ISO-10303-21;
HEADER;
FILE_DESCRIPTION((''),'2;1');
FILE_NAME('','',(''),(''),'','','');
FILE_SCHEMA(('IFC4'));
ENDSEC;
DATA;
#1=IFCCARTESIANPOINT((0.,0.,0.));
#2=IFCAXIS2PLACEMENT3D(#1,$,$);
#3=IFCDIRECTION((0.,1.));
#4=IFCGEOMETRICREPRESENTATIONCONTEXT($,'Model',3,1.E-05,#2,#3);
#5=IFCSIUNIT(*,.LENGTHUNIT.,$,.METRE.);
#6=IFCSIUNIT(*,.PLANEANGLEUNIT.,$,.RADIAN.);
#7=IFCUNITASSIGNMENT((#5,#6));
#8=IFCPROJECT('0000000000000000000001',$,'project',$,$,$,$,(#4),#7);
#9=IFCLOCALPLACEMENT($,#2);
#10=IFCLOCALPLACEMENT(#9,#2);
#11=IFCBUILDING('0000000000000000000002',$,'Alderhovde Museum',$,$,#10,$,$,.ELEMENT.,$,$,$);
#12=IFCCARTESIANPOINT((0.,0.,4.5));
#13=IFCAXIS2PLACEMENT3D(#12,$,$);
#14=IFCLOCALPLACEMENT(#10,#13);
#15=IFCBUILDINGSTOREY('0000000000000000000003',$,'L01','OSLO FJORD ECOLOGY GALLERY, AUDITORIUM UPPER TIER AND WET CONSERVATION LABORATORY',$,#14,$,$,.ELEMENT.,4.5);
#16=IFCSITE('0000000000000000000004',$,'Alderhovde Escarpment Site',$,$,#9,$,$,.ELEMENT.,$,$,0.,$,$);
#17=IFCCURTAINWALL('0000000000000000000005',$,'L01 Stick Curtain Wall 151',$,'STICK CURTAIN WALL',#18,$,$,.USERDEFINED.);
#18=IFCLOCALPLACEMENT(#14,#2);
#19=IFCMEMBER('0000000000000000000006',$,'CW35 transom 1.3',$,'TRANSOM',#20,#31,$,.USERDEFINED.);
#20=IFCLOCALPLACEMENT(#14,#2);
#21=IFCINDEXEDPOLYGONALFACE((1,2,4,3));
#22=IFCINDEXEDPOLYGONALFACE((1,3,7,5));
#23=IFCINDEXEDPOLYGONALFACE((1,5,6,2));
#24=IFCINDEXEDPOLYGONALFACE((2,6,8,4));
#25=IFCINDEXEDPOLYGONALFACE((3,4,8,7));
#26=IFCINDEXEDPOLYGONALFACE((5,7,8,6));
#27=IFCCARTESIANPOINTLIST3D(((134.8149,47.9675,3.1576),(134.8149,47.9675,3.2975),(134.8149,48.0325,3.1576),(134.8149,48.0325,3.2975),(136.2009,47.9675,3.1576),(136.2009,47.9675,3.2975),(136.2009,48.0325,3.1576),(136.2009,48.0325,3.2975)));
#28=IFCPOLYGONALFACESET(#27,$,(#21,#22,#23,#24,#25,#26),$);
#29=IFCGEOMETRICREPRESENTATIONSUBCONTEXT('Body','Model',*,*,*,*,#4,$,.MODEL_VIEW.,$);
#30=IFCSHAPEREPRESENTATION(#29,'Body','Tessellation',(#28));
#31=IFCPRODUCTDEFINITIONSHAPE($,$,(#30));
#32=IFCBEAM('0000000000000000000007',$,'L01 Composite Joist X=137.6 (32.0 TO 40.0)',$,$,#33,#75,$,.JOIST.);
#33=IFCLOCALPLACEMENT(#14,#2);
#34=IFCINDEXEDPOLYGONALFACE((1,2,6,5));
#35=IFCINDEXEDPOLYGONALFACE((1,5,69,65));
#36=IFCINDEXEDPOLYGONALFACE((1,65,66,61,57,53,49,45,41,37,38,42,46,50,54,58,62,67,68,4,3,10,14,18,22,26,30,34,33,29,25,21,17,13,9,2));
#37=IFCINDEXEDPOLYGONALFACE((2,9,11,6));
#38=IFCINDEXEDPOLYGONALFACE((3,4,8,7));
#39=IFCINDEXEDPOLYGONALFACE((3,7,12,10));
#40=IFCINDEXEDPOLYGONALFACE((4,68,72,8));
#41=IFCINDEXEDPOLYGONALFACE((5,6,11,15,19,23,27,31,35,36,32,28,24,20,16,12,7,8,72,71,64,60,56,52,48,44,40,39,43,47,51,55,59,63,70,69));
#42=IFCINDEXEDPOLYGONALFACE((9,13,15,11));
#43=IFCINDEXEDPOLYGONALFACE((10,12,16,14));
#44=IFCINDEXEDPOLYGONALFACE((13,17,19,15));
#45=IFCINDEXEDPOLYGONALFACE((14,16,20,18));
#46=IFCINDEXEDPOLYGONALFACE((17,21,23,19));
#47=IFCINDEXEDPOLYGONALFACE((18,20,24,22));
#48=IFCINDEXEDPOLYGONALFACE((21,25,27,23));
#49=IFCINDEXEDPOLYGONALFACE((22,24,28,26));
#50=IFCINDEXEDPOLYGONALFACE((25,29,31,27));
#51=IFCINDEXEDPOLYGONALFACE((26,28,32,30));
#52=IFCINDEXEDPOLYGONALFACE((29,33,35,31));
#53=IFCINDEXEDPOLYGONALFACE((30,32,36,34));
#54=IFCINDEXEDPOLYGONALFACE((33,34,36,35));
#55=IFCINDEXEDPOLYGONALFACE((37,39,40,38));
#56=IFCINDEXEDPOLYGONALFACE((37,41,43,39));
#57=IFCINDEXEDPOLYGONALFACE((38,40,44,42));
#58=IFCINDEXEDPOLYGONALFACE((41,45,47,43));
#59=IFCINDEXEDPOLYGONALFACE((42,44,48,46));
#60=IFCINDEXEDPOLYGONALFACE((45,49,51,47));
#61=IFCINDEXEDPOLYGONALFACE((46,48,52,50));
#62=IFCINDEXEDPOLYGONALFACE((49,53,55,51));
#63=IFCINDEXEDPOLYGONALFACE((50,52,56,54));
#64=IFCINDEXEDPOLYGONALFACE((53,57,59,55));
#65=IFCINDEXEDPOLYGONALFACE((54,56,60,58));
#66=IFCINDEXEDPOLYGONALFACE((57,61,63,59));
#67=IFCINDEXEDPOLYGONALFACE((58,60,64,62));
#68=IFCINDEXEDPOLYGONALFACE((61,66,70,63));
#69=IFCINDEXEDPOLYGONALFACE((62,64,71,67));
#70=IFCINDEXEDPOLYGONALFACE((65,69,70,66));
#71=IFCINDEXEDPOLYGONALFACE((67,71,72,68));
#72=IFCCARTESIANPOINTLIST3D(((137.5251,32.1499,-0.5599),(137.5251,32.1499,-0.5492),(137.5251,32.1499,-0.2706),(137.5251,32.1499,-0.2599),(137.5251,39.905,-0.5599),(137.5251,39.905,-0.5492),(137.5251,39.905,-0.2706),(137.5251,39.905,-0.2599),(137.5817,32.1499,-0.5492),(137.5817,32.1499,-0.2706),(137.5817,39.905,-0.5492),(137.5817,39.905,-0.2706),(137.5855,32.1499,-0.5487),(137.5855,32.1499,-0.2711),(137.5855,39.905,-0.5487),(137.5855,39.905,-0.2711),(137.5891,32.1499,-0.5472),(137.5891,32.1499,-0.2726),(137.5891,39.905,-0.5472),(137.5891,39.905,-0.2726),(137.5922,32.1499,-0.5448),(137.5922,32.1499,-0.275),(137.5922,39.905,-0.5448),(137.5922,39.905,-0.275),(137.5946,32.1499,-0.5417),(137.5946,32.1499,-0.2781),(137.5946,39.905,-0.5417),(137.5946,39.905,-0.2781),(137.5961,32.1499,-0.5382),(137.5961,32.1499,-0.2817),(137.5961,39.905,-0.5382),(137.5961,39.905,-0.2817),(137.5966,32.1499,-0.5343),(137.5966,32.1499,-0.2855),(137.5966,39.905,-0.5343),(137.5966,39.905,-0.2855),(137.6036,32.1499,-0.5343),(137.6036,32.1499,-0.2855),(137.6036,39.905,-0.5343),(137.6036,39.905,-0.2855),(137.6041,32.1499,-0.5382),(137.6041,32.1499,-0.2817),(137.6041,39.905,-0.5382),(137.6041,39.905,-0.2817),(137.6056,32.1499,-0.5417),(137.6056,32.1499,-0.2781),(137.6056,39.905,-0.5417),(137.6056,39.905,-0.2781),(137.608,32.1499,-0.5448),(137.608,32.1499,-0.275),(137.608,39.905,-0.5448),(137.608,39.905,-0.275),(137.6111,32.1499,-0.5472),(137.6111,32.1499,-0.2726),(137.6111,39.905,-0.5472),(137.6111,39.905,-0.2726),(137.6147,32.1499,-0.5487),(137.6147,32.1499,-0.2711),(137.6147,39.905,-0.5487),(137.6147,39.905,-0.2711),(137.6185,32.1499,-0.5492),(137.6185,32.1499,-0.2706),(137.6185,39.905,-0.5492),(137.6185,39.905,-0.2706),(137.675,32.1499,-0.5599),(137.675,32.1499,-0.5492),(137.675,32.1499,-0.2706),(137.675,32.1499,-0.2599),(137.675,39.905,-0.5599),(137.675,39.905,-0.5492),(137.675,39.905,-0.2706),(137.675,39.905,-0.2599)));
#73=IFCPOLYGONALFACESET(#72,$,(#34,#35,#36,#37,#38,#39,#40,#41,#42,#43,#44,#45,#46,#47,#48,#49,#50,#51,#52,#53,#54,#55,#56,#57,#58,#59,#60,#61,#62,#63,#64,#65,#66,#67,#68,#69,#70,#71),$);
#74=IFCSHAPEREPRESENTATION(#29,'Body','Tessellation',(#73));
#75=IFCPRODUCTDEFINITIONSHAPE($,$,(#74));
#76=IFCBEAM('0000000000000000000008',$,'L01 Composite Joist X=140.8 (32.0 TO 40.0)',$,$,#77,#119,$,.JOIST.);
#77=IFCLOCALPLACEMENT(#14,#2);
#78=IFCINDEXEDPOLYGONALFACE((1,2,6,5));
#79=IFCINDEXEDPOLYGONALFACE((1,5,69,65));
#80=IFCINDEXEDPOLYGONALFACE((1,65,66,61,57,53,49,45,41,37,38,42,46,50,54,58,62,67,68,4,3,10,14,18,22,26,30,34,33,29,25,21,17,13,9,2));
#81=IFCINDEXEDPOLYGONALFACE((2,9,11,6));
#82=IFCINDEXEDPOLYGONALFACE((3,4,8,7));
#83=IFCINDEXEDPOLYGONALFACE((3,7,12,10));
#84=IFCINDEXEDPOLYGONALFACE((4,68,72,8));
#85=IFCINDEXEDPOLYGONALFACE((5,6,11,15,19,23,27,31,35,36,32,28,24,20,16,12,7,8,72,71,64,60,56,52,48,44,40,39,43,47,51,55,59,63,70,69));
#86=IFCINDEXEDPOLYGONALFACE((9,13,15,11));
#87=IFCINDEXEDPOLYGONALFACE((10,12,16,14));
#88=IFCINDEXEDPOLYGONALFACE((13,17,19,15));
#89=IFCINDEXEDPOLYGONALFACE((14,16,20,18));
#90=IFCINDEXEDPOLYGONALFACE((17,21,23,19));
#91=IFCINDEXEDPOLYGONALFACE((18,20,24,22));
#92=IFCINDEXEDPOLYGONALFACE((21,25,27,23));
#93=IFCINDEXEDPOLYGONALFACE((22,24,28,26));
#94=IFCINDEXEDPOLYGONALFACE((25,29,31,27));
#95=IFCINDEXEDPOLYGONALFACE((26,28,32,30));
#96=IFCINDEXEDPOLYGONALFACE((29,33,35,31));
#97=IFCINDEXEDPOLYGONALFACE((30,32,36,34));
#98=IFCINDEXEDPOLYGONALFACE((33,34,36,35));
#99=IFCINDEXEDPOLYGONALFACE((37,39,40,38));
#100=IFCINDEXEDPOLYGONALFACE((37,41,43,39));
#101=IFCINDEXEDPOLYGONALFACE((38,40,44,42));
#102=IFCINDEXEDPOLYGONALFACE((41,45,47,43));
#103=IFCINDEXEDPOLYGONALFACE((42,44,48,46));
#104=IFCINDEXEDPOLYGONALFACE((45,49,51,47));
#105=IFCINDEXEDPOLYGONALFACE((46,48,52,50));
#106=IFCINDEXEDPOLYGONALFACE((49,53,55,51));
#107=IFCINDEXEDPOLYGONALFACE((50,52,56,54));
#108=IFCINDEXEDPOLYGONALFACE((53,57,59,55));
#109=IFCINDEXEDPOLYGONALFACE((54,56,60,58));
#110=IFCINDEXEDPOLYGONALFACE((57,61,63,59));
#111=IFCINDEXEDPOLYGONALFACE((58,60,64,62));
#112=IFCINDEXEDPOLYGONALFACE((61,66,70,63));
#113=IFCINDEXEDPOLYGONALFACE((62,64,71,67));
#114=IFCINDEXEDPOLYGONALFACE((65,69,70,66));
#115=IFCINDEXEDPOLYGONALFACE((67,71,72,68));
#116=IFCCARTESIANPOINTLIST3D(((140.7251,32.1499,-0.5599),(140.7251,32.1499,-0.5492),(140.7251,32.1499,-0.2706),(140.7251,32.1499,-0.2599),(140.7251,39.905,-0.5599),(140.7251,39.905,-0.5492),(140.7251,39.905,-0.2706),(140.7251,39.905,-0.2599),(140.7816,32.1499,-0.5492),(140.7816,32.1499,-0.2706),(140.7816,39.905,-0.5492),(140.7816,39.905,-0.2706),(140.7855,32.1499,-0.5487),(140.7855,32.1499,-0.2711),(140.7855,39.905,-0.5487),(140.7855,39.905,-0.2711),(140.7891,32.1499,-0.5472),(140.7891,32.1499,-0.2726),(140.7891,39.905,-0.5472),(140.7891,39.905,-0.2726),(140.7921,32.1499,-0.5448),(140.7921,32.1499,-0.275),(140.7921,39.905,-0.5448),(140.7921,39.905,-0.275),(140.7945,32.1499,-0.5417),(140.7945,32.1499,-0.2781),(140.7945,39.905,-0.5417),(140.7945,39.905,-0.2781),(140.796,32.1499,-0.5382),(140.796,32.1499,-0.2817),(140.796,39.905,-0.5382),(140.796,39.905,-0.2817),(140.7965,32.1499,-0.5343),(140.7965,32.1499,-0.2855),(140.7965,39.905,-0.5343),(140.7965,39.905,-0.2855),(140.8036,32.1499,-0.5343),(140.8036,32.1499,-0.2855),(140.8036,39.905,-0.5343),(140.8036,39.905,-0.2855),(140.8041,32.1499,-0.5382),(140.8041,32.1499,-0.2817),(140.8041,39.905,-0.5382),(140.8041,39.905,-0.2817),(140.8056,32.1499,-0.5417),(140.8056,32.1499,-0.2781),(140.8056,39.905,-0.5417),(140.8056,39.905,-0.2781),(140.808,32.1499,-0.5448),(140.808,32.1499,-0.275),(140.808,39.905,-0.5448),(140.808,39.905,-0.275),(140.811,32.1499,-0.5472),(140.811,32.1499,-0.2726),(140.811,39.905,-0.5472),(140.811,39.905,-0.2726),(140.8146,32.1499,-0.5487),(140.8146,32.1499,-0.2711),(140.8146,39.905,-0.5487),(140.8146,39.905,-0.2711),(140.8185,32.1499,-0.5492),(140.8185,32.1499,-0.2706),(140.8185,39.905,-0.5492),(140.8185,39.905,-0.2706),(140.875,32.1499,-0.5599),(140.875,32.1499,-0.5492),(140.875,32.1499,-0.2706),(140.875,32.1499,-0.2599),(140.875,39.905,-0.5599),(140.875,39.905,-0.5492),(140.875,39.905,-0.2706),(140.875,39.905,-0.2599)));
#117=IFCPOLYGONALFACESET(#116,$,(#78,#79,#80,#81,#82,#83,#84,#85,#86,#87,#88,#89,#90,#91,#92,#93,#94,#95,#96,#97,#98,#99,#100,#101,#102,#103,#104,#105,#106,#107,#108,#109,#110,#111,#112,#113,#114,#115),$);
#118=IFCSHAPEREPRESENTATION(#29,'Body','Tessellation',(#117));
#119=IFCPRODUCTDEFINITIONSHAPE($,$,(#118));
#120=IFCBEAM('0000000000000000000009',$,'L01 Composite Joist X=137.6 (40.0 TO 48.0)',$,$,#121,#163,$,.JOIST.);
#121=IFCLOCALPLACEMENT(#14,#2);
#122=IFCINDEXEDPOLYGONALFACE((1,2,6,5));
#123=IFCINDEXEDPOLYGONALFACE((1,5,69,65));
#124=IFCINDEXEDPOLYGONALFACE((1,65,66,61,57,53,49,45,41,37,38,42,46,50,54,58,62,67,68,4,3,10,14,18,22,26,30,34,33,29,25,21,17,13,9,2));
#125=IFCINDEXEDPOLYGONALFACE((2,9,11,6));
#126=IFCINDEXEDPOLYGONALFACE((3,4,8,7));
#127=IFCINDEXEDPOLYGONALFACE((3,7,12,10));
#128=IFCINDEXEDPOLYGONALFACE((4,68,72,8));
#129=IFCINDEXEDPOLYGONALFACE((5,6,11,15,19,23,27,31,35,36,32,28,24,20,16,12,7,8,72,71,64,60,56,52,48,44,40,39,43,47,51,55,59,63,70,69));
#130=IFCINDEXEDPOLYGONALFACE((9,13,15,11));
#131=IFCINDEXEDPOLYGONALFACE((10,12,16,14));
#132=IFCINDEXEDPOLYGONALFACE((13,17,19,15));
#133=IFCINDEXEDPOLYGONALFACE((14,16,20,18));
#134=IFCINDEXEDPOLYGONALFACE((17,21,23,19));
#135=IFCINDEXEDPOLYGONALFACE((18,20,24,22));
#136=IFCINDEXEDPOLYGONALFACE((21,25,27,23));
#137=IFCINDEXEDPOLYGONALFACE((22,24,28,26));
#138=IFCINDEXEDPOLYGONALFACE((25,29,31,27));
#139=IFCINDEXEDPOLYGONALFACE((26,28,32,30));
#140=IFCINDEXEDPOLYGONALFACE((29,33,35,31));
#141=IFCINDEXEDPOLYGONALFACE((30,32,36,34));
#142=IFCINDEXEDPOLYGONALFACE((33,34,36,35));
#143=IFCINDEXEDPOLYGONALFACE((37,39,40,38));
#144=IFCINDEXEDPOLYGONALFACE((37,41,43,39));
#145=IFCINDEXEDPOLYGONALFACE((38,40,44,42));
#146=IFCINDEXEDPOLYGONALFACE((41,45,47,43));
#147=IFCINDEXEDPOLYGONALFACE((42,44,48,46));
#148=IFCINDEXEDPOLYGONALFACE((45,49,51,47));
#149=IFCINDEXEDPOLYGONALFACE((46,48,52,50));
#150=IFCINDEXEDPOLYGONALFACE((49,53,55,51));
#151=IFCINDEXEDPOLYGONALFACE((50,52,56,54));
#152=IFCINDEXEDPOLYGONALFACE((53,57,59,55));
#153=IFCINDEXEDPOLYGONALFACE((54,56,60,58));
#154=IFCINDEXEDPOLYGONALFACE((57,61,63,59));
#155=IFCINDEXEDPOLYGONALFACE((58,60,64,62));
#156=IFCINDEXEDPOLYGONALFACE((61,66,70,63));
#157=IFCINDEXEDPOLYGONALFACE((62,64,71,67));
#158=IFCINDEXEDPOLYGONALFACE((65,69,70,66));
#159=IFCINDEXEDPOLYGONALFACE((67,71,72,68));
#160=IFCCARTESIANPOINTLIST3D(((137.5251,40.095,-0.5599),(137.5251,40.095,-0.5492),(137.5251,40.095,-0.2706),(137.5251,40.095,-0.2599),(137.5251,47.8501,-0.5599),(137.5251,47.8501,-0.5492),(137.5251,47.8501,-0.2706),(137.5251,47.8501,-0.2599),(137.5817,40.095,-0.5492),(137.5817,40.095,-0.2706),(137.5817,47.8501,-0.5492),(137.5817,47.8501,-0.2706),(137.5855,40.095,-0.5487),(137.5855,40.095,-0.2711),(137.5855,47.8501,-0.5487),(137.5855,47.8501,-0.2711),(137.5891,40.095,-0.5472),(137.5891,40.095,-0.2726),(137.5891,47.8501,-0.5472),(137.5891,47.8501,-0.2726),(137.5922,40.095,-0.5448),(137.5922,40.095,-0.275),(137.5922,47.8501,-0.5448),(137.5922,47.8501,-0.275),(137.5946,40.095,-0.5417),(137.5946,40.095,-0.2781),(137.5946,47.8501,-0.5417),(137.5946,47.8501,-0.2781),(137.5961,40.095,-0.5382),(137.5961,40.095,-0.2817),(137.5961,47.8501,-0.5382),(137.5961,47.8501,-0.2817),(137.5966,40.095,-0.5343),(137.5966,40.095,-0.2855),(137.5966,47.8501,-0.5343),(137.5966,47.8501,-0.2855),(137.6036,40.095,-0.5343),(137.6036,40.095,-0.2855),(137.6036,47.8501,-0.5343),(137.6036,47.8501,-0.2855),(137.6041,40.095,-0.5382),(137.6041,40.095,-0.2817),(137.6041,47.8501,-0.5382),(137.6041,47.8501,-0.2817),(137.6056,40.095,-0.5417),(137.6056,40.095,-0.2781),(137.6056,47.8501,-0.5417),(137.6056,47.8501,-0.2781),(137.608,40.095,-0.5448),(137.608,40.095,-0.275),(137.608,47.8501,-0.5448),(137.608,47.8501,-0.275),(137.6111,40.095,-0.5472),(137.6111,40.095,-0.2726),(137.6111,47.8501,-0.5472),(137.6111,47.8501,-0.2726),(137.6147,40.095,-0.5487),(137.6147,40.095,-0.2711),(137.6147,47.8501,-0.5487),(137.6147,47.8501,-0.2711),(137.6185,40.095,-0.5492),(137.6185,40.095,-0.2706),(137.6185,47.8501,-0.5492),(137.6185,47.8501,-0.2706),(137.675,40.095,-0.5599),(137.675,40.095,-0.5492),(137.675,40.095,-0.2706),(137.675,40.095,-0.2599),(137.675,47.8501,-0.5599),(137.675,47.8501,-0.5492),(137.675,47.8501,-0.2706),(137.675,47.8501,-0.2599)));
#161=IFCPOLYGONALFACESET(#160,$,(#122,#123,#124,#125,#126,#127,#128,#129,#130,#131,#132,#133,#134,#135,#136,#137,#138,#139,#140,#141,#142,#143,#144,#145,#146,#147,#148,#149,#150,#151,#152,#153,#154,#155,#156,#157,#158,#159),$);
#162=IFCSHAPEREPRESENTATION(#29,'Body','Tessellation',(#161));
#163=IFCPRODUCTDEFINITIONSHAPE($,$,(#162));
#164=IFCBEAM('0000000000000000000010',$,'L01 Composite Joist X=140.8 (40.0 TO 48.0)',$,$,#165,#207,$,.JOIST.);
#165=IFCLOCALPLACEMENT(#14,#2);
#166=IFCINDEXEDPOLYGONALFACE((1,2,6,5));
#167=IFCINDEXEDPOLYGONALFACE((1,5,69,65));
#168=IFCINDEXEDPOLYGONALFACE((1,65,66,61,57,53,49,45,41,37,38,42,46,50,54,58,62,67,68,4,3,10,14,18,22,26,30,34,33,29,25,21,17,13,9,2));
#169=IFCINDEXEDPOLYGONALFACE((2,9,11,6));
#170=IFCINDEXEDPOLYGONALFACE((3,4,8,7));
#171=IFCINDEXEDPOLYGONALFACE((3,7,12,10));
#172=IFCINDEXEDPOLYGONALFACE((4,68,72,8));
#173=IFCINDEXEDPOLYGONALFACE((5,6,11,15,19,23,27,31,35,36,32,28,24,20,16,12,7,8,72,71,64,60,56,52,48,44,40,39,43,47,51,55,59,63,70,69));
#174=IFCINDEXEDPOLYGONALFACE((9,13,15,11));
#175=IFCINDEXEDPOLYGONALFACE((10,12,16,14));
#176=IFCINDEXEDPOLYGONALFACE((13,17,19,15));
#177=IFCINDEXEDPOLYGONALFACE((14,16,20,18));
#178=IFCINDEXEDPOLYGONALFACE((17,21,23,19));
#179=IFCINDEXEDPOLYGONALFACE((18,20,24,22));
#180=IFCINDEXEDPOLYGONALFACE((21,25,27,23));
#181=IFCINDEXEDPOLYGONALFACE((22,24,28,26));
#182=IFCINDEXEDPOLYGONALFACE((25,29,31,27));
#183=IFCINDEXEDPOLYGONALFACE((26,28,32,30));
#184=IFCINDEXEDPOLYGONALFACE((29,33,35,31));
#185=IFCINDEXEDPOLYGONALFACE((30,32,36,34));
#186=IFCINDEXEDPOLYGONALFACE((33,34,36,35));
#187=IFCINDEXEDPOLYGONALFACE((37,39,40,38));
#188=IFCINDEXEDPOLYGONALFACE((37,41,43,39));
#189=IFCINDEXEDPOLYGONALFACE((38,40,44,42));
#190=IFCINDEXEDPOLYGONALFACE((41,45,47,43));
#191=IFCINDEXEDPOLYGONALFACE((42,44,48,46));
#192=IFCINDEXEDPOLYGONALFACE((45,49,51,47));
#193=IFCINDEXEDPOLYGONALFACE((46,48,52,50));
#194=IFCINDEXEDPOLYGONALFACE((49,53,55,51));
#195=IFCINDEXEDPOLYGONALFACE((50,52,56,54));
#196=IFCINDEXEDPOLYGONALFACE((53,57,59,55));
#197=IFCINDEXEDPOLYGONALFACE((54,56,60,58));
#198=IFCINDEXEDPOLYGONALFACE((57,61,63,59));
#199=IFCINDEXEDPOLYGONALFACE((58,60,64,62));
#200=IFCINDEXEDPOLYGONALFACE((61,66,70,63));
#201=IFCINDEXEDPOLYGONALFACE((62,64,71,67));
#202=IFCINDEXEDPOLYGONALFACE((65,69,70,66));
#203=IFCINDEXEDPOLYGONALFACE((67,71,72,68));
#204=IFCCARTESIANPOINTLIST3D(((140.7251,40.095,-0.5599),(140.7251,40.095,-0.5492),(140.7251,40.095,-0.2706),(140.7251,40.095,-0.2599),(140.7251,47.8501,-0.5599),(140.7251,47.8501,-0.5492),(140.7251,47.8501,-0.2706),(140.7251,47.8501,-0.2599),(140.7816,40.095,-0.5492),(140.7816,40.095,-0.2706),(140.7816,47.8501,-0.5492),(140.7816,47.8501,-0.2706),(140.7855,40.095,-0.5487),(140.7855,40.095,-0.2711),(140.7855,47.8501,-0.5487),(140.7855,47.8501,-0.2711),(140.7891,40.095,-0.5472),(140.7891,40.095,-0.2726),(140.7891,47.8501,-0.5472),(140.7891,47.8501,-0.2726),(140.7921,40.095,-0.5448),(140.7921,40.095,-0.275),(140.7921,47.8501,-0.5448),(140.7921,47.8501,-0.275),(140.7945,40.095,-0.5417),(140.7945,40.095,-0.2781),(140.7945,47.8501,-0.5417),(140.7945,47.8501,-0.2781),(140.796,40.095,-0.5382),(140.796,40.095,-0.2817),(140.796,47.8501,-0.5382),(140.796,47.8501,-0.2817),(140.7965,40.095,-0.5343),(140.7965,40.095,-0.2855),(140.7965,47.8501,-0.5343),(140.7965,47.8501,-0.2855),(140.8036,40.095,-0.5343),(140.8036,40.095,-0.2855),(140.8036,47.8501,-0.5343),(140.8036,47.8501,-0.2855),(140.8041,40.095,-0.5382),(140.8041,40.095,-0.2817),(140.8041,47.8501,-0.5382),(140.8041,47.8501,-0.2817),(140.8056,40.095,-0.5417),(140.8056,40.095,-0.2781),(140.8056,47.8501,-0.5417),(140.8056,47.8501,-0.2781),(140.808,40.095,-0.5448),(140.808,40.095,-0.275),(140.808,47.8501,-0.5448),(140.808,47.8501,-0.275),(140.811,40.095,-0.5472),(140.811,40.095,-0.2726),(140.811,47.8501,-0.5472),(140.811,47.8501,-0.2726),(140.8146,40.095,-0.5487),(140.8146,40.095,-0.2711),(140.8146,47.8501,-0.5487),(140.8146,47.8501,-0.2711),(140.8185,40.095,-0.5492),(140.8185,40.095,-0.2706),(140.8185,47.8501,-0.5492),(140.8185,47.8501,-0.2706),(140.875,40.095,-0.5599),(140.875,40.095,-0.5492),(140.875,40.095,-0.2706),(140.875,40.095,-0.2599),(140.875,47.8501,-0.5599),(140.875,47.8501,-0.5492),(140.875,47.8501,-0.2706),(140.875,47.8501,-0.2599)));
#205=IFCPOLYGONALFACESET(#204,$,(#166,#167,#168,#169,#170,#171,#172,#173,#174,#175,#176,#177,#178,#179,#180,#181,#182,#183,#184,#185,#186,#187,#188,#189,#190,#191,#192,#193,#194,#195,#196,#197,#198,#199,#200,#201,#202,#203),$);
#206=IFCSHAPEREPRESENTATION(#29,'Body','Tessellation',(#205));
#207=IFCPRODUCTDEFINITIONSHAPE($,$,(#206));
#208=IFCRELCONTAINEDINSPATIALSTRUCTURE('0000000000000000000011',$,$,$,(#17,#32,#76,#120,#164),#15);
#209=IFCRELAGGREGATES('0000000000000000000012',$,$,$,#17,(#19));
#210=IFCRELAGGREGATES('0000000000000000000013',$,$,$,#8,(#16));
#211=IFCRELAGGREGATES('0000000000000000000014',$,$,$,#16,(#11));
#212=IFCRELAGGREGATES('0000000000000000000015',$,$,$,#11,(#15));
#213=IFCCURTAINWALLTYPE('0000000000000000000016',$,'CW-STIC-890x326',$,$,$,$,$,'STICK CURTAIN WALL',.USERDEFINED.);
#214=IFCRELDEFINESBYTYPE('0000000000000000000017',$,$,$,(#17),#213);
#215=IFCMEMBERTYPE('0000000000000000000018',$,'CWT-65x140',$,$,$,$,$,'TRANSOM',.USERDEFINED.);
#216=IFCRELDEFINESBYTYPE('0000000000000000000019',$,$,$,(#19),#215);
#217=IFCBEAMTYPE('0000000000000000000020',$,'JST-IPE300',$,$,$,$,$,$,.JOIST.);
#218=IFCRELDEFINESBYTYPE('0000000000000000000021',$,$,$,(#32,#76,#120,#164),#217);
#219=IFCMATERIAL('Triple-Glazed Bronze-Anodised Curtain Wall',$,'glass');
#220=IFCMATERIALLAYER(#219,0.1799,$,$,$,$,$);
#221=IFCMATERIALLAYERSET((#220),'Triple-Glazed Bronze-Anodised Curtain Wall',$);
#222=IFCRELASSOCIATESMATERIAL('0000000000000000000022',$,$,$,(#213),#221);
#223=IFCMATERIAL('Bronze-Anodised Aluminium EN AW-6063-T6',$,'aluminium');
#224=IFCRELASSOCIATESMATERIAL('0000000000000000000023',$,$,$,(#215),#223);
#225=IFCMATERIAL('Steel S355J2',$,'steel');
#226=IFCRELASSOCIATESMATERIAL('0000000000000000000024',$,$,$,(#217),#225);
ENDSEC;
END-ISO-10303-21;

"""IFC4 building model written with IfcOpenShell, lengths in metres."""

from ifc_helpers import new_model, si_unit, direction, frame, origin, origin_2d, place, context, subcontext, project, spatial, rectangle, i_section, extrude, material, layer, layer_set, material_profile, profile_set, type_object, element, aggregate, save


model = new_model("IFC4")

# Units and contexts
model_context = context("Model", 3, precision=1e-05, world=origin(), true_north=direction((0.0, 1.0)))
body_context = subcontext(model_context, "Body", "Model", "MODEL_VIEW")
ifc_project = project(units=[si_unit("LENGTHUNIT", "METRE"), si_unit("PLANEANGLEUNIT", "RADIAN")], contexts=[model_context])

# Site, building, storey
site_placement = place(None, origin())
site = spatial("IfcSite", under=ifc_project, at=site_placement, Name="Alderhovde Escarpment Site", CompositionType="ELEMENT", RefElevation=0.0)
building_placement = place(site_placement, origin())
building = spatial("IfcBuilding", under=site, at=building_placement, Name="Alderhovde Museum", CompositionType="ELEMENT")
storey_placement = place(building_placement, frame((0.0, 0.0, 4.5)))
storey = spatial("IfcBuildingStorey", under=building, at=storey_placement, Name="L01", Description="OSLO FJORD ECOLOGY GALLERY, AUDITORIUM UPPER TIER AND WET CONSERVATION LABORATORY", CompositionType="ELEMENT", Elevation=4.5)

# Curtain wall, member
ifc_material_1 = material(Name="Triple-Glazed Bronze-Anodised Curtain Wall", Category="glass")
ifc_layer_1 = layer(ifc_material_1, 0.1799)
ifc_layer_set_1 = layer_set([ifc_layer_1], Name="Triple-Glazed Bronze-Anodised Curtain Wall")
curtain_wall_type = type_object("IfcCurtainWallType", Name="CW-STIC-890x326", ElementType="STICK CURTAIN WALL", PredefinedType="USERDEFINED", material=ifc_layer_set_1)
curtain_wall_placement = place(storey_placement, origin())
curtain_wall = element("IfcCurtainWall", 1, at=curtain_wall_placement, inside=storey, type_object=curtain_wall_type, Name="L01 Stick Curtain Wall 151", ObjectType="STICK CURTAIN WALL", PredefinedType="USERDEFINED")
ifc_material_2 = material(Name="Bronze-Anodised Aluminium EN AW-6063-T6", Category="aluminium")
ifc_material_profile_1 = material_profile(ifc_material_2, rectangle(XDim=0.0649, YDim=0.1399, at=origin_2d()), Name="TRANSOM 65x140")
ifc_profile_set_1 = profile_set([ifc_material_profile_1], Name="Bronze-Anodised Aluminium EN AW-6063-T6")
member_type_1 = type_object("IfcMemberType", Name="CWT-65x140", ElementType="TRANSOM", PredefinedType="USERDEFINED", material=ifc_profile_set_1)
member_1_placement = place(storey_placement, frame((134.8149, 48.0, 3.2275), z_axis=(1.0, 0.0, 0.0), x_axis=(0.0, 1.0, 0.0)))
member_1 = element("IfcMember", 2, at=member_1_placement, type_object=member_type_1, Name="CW35 transom 1.3", ObjectType="TRANSOM", PredefinedType="USERDEFINED", context=body_context, shape_type="SweptSolid", body=[
    extrude(rectangle(XDim=0.0649, YDim=0.1399, at=origin_2d()), origin(), (0.0, 0.0, 1.0), 1.386),
])

# Beams
ifc_material_3 = material(Name="Steel S355J2", Category="steel")
ifc_material_profile_2 = material_profile(ifc_material_3, i_section(OverallWidth=0.1499, OverallDepth=0.3, WebThickness=0.0071, FlangeThickness=0.0107, FilletRadius=0.0149, at=origin_2d()), Name="IPE 300")
ifc_profile_set_2 = profile_set([ifc_material_profile_2], Name="Steel S355J2")
beam_type_1 = type_object("IfcBeamType", Name="JST-IPE300", PredefinedType="JOIST", material=ifc_profile_set_2)
for number, where, z_axis, x_axis, name in (
    (3, (137.6001, 32.1499, -0.4099), (0.0, 1.0, 0.0), (-1.0, 0.0, 0.0), "L01 Composite Joist X=137.6 (32.0 TO 40.0)"),
    (4, (140.8, 32.1499, -0.4099), (0.0, 1.0, 0.0), (-1.0, 0.0, 0.0), "L01 Composite Joist X=140.8 (32.0 TO 40.0)"),
    (5, (137.6001, 40.095, -0.4099), (0.0, 1.0, 0.0), (-1.0, 0.0, 0.0), "L01 Composite Joist X=137.6 (40.0 TO 48.0)"),
    (6, (140.8, 40.095, -0.4099), (0.0, 1.0, 0.0), (-1.0, 0.0, 0.0), "L01 Composite Joist X=140.8 (40.0 TO 48.0)"),
):
    element("IfcBeam", number, at=place(storey_placement, frame(where, z_axis=z_axis, x_axis=x_axis)), inside=storey, type_object=beam_type_1, Name=name, PredefinedType="JOIST", context=body_context, shape_type="SweptSolid", body=[
        extrude(i_section(OverallWidth=0.1499, OverallDepth=0.3, WebThickness=0.0071, FlangeThickness=0.0107, FilletRadius=0.0149, at=origin_2d()), origin(), (0.0, 0.0, 1.0), 7.7551),
    ])

aggregate(curtain_wall, [member_1])

save(model, "model.ifc")
